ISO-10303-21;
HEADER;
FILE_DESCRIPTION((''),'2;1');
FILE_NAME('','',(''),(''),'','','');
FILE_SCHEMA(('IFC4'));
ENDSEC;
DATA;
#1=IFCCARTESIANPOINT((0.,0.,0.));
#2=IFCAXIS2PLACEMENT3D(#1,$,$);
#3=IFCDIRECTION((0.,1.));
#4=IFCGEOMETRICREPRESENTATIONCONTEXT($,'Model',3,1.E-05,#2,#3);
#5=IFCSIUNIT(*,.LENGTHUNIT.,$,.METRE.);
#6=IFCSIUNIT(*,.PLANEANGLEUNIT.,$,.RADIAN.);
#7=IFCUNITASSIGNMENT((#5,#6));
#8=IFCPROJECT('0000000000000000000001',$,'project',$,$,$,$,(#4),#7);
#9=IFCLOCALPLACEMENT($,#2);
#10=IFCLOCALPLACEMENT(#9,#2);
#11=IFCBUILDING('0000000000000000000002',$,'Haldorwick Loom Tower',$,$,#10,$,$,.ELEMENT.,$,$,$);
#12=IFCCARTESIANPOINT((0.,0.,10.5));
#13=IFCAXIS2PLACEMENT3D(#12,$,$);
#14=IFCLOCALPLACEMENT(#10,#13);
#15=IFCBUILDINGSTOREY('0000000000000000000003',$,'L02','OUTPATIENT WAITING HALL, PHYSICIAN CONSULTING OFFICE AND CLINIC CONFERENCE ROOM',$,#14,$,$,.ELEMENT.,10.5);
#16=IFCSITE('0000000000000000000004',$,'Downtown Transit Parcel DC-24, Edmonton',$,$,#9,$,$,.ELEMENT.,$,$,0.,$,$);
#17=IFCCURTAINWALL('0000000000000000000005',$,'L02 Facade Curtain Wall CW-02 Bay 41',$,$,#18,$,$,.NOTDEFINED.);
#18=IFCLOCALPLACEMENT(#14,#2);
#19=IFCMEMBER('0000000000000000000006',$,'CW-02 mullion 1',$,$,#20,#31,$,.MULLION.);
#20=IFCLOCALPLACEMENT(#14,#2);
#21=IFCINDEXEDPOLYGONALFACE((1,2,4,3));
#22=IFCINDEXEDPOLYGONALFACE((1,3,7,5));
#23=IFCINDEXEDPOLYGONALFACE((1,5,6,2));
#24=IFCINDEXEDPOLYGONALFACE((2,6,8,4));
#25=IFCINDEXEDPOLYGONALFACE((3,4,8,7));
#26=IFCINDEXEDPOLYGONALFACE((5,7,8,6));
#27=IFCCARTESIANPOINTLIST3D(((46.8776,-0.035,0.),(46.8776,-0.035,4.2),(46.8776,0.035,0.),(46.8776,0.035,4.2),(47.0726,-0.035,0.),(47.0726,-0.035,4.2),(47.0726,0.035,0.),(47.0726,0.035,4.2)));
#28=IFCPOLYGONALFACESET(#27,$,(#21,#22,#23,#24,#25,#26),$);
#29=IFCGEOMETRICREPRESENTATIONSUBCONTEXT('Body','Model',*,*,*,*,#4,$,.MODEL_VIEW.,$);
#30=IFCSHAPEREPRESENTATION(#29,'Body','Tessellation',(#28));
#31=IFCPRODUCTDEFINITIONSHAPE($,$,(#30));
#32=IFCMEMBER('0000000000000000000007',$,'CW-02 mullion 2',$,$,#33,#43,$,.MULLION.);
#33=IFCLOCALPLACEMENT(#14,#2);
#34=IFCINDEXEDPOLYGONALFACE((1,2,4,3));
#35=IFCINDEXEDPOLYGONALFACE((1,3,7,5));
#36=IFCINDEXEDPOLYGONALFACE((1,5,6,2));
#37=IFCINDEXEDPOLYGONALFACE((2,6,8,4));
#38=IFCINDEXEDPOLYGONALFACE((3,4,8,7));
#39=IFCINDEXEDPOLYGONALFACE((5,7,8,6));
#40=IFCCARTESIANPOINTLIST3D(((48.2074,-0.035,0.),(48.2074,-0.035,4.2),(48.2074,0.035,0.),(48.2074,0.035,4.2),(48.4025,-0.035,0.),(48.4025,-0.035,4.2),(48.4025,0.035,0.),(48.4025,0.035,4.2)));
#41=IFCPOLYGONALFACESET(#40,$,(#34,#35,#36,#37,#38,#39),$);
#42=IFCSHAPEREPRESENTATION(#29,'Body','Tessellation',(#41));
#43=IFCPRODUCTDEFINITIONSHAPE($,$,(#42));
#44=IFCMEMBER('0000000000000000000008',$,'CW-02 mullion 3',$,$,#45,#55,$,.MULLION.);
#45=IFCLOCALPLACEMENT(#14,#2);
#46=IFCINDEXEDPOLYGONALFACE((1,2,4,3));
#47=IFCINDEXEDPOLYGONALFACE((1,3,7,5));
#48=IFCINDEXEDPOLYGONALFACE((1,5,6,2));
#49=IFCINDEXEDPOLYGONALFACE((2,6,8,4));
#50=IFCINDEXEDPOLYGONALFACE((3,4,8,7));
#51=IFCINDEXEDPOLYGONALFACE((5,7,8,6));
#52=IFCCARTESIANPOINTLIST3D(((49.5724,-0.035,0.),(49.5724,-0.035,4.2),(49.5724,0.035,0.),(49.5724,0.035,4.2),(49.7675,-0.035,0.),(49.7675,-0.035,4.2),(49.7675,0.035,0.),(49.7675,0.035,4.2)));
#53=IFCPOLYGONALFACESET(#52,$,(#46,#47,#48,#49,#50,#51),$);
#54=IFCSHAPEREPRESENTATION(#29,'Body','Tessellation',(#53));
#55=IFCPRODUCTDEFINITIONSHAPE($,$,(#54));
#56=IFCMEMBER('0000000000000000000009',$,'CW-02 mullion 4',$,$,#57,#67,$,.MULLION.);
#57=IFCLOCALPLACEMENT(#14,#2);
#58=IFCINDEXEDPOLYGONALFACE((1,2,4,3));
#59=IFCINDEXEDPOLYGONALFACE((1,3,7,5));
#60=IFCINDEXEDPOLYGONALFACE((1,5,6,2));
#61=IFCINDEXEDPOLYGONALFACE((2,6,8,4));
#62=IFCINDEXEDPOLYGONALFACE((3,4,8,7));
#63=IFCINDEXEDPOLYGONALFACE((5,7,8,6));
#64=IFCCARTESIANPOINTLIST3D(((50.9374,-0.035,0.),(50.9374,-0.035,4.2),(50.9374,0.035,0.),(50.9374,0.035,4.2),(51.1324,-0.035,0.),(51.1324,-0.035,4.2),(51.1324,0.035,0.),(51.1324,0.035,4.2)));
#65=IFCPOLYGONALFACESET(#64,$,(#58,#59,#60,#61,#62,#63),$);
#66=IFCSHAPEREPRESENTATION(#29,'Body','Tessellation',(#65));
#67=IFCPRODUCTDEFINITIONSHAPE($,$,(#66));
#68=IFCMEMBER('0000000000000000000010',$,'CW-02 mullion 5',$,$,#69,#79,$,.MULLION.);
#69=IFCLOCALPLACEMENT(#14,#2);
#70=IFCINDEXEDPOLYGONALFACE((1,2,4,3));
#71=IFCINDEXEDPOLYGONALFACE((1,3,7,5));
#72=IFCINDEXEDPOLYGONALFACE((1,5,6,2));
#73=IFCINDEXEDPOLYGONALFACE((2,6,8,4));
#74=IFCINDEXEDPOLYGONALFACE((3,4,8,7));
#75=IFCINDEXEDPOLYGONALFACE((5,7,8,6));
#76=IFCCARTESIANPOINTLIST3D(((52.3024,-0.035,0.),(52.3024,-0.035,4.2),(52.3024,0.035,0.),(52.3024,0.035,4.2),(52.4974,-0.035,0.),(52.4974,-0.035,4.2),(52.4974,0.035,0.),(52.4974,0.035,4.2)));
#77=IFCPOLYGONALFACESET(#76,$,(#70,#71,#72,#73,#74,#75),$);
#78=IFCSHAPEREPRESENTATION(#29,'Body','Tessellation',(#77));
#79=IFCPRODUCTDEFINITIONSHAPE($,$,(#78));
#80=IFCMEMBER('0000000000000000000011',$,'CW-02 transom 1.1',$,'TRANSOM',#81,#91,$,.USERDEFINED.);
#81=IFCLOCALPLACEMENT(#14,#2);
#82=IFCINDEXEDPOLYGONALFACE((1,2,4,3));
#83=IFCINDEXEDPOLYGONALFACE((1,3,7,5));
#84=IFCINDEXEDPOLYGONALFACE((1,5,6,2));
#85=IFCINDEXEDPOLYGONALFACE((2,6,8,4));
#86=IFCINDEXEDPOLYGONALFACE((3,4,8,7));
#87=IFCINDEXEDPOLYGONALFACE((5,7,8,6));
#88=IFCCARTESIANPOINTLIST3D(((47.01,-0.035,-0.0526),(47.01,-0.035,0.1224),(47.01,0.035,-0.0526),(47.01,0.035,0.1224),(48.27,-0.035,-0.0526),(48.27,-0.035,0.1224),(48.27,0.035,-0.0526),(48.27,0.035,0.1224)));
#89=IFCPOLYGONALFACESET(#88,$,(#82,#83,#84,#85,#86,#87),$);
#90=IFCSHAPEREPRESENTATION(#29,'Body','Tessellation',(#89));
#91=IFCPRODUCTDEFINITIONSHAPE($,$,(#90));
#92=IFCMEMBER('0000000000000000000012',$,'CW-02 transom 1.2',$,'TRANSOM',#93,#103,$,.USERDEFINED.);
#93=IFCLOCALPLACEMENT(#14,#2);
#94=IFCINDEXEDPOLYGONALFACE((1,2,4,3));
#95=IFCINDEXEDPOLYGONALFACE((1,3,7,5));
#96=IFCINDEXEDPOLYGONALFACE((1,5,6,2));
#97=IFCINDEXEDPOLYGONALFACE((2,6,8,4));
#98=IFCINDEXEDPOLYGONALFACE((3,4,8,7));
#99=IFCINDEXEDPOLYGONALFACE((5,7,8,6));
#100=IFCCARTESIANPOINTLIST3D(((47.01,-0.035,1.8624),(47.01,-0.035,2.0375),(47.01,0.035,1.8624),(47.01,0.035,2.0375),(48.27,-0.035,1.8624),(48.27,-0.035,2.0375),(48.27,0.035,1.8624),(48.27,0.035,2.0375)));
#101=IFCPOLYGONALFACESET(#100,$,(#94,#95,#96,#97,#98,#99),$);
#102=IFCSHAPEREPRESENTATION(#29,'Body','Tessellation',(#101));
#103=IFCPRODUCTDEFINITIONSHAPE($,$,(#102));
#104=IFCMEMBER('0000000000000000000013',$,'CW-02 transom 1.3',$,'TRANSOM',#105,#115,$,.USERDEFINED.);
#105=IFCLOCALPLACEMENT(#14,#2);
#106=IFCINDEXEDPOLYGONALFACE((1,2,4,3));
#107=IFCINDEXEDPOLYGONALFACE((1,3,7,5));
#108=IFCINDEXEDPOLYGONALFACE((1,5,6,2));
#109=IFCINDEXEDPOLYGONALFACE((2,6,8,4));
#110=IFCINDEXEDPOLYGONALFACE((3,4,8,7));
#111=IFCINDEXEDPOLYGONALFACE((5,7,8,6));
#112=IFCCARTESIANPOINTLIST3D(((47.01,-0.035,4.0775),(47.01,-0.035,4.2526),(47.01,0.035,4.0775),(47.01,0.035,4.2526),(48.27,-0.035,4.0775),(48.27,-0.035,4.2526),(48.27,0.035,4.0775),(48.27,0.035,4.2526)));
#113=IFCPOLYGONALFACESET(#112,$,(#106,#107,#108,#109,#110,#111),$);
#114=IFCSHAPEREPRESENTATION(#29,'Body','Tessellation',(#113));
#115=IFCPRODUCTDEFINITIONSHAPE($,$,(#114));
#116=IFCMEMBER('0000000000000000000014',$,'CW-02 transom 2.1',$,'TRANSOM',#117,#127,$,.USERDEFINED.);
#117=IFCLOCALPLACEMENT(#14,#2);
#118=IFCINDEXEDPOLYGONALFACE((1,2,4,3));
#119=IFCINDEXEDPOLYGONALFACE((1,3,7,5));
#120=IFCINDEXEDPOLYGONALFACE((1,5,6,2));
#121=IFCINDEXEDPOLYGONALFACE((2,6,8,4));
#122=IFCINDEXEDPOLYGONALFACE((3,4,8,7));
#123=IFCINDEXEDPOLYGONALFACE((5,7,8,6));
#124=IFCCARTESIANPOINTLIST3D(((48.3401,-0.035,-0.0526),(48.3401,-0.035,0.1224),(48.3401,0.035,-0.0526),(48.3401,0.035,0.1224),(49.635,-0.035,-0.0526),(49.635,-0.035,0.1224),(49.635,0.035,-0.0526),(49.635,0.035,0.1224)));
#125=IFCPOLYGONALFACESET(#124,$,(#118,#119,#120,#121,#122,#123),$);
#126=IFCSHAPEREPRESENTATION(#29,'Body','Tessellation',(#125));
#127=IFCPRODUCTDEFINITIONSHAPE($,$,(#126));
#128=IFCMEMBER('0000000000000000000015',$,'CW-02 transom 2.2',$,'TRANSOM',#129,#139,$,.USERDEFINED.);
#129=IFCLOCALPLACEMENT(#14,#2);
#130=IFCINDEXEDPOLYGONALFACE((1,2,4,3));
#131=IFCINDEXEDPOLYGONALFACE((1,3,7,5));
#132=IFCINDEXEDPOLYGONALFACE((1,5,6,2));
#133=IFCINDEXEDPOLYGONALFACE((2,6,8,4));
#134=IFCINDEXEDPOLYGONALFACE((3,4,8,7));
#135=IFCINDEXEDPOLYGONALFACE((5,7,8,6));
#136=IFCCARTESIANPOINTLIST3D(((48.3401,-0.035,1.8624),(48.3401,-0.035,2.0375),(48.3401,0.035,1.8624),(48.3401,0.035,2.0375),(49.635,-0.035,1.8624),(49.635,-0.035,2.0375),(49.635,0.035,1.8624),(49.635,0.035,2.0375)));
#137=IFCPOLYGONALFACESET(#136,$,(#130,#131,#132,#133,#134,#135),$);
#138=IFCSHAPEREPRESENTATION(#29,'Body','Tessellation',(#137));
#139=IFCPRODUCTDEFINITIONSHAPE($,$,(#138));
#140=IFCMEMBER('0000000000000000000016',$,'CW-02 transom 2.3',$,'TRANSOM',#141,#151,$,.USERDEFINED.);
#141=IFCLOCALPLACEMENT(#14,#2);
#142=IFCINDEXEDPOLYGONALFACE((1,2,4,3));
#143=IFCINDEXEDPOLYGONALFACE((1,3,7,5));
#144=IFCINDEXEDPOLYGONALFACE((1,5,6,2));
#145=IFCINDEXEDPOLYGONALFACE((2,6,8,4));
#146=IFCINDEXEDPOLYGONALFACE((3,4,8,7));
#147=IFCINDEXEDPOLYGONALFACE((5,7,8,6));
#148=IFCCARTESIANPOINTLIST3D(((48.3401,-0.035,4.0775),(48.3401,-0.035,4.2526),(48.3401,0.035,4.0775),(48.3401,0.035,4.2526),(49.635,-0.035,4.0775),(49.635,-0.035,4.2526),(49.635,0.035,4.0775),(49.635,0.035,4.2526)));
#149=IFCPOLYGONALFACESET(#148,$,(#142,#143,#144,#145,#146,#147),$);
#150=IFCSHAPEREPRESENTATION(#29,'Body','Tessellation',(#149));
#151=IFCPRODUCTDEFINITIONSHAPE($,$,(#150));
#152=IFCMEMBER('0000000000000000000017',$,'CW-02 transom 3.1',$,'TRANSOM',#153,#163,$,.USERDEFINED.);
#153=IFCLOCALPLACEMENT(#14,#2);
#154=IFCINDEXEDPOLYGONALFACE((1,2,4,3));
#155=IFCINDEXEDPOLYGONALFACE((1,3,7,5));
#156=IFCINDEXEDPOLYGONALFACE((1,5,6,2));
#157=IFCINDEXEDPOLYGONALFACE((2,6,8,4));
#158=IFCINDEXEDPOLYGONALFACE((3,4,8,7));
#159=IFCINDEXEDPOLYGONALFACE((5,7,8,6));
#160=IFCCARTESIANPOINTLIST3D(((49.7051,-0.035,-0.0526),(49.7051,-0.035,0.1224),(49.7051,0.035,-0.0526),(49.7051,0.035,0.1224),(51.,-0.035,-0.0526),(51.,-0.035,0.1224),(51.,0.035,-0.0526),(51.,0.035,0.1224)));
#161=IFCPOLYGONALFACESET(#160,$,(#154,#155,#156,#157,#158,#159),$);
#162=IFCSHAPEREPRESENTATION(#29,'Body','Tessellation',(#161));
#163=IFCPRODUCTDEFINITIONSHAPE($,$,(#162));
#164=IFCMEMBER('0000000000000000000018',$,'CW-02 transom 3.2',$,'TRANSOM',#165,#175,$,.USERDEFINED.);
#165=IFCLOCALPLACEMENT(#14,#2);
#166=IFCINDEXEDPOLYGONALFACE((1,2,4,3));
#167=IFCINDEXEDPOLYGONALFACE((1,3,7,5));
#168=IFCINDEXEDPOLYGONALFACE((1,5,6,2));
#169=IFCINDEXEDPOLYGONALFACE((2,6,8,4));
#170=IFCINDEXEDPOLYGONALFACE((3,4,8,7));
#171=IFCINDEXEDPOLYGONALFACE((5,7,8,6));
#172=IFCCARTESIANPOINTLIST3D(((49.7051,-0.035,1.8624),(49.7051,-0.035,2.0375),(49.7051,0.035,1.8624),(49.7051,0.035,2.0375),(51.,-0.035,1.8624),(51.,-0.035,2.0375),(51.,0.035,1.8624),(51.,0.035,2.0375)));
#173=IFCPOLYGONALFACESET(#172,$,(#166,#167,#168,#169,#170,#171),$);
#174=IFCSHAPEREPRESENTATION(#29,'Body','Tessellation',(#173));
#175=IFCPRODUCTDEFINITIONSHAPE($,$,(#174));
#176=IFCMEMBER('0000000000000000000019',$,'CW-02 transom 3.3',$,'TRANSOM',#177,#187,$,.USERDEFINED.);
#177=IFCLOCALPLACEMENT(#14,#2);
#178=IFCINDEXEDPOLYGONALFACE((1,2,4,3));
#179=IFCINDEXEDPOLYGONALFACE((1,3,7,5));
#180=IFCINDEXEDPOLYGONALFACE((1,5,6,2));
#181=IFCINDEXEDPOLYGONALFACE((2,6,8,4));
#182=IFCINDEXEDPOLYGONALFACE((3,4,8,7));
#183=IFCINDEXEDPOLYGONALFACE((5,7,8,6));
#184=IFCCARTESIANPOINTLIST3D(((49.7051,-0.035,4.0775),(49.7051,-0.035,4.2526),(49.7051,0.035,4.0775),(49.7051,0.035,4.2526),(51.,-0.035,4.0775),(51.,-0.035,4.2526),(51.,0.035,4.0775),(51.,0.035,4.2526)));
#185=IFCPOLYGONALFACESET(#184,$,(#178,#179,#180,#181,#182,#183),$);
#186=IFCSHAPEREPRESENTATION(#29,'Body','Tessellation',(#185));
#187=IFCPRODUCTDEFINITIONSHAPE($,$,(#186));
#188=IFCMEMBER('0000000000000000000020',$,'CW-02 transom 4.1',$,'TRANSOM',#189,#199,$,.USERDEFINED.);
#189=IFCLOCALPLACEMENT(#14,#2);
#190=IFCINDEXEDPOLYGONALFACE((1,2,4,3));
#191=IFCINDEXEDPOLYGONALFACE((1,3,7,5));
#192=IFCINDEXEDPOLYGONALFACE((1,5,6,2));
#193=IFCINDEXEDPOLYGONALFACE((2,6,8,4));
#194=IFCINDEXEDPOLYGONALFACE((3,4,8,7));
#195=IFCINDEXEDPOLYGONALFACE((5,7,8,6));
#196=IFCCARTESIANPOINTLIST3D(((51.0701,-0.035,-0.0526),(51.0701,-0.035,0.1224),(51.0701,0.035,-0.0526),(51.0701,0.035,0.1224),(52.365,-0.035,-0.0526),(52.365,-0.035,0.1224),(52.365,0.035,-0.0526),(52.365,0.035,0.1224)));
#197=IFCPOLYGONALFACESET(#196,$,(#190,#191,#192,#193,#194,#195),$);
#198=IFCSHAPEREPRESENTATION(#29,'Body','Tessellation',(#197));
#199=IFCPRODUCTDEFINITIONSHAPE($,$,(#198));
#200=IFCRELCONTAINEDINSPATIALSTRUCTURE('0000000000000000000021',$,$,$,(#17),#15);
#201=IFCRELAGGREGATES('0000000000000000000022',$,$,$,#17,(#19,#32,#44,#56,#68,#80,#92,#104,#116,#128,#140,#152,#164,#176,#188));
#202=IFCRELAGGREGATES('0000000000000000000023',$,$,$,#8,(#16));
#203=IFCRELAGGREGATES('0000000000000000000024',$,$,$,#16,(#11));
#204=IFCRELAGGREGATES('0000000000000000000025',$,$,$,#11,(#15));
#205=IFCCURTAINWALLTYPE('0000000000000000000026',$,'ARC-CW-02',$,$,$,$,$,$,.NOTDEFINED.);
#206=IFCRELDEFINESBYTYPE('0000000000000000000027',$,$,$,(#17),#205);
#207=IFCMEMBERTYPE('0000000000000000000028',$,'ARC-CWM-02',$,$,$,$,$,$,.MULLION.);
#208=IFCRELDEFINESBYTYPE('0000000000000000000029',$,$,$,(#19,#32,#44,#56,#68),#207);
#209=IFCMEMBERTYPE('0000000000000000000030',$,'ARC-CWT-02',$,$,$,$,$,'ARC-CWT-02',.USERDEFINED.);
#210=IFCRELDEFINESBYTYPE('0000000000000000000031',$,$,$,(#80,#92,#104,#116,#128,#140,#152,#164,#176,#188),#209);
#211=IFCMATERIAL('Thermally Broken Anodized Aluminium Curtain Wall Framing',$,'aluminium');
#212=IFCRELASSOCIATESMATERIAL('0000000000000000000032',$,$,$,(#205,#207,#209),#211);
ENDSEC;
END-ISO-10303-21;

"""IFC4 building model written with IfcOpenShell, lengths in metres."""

from ifc_helpers import new_model, si_unit, direction, frame, origin, origin_2d, place, context, subcontext, project, spatial, rectangle, extrude, material, material_profile, profile_set, type_object, element, aggregate, save


model = new_model("IFC4")

# Units and contexts
model_context = context("Model", 3, precision=1e-05, world=origin(), true_north=direction((0.0, 1.0)))
body_context = subcontext(model_context, "Body", "Model", "MODEL_VIEW")
ifc_project = project(units=[si_unit("LENGTHUNIT", "METRE"), si_unit("PLANEANGLEUNIT", "RADIAN")], contexts=[model_context])

# Site, building, storey
site_placement = place(None, origin())
site = spatial("IfcSite", under=ifc_project, at=site_placement, Name="Downtown Transit Parcel DC-24, Edmonton", CompositionType="ELEMENT", RefElevation=0.0)
building_placement = place(site_placement, origin())
building = spatial("IfcBuilding", under=site, at=building_placement, Name="Haldorwick Loom Tower", CompositionType="ELEMENT")
storey_placement = place(building_placement, frame((0.0, 0.0, 10.5)))
storey = spatial("IfcBuildingStorey", under=building, at=storey_placement, Name="L02", Description="OUTPATIENT WAITING HALL, PHYSICIAN CONSULTING OFFICE AND CLINIC CONFERENCE ROOM", CompositionType="ELEMENT", Elevation=10.5)

# Curtain wall, members
ifc_material_1 = material(Name="Thermally Broken Anodized Aluminium Curtain Wall Framing", Category="aluminium")
curtain_wall_type = type_object("IfcCurtainWallType", Name="ARC-CW-02", PredefinedType="NOTDEFINED", material=ifc_material_1)
curtain_wall_placement = place(storey_placement, origin())
curtain_wall = element("IfcCurtainWall", 1, at=curtain_wall_placement, inside=storey, type_object=curtain_wall_type, Name="L02 Facade Curtain Wall CW-02 Bay 41", PredefinedType="NOTDEFINED")
ifc_material_profile_1 = material_profile(ifc_material_1, rectangle(XDim=0.0701, YDim=0.1951, at=origin_2d()), Name="ALU_MUL_70X195", Category="aluminium")
ifc_profile_set_1 = profile_set([ifc_material_profile_1], Name="Thermally Broken Anodized Aluminium Curtain Wall Framing")
member_type_1 = type_object("IfcMemberType", Name="ARC-CWM-02", PredefinedType="MULLION", material=ifc_profile_set_1)
member_1_placement = place(storey_placement, frame((46.9751, 0.0, 0.0), z_axis=(0.0, 0.0, 1.0), x_axis=(0.0, 1.0, 0.0)))
member_1 = element("IfcMember", 2, at=member_1_placement, type_object=member_type_1, Name="CW-02 mullion 1", PredefinedType="MULLION", context=body_context, shape_type="SweptSolid", body=[
    extrude(rectangle(XDim=0.0701, YDim=0.1951, at=origin_2d()), origin(), (0.0, 0.0, 1.0), 4.2),
])
member_2_placement = place(storey_placement, frame((48.3049, 0.0, 0.0), z_axis=(0.0, 0.0, 1.0), x_axis=(0.0, 1.0, 0.0)))
member_2 = element("IfcMember", 3, at=member_2_placement, type_object=member_type_1, Name="CW-02 mullion 2", PredefinedType="MULLION", context=body_context, shape_type="SweptSolid", body=[
    extrude(rectangle(XDim=0.0701, YDim=0.1951, at=origin_2d()), origin(), (0.0, 0.0, 1.0), 4.2),
])
member_3_placement = place(storey_placement, frame((49.6699, 0.0, 0.0), z_axis=(0.0, 0.0, 1.0), x_axis=(0.0, 1.0, 0.0)))
member_3 = element("IfcMember", 4, at=member_3_placement, type_object=member_type_1, Name="CW-02 mullion 3", PredefinedType="MULLION", context=body_context, shape_type="SweptSolid", body=[
    extrude(rectangle(XDim=0.0701, YDim=0.1951, at=origin_2d()), origin(), (0.0, 0.0, 1.0), 4.2),
])
member_4_placement = place(storey_placement, frame((51.0349, 0.0, 0.0), z_axis=(0.0, 0.0, 1.0), x_axis=(0.0, 1.0, 0.0)))
member_4 = element("IfcMember", 5, at=member_4_placement, type_object=member_type_1, Name="CW-02 mullion 4", PredefinedType="MULLION", context=body_context, shape_type="SweptSolid", body=[
    extrude(rectangle(XDim=0.0701, YDim=0.1951, at=origin_2d()), origin(), (0.0, 0.0, 1.0), 4.2),
])
member_5_placement = place(storey_placement, frame((52.3999, 0.0, 0.0), z_axis=(0.0, 0.0, 1.0), x_axis=(0.0, 1.0, 0.0)))
member_5 = element("IfcMember", 6, at=member_5_placement, type_object=member_type_1, Name="CW-02 mullion 5", PredefinedType="MULLION", context=body_context, shape_type="SweptSolid", body=[
    extrude(rectangle(XDim=0.0701, YDim=0.1951, at=origin_2d()), origin(), (0.0, 0.0, 1.0), 4.2),
])
ifc_material_profile_2 = material_profile(ifc_material_1, rectangle(XDim=0.0701, YDim=0.175, at=origin_2d()), Name="ALU_TRN_70X175", Category="aluminium")
ifc_profile_set_2 = profile_set([ifc_material_profile_2], Name="Thermally Broken Anodized Aluminium Curtain Wall Framing")
member_type_2 = type_object("IfcMemberType", Name="ARC-CWT-02", ElementType="ARC-CWT-02", PredefinedType="USERDEFINED", material=ifc_profile_set_2)
member_6_placement = place(storey_placement, frame((47.01, 0.0, 0.0349), z_axis=(1.0, 0.0, 0.0), x_axis=(0.0, 1.0, 0.0)))
member_6 = element("IfcMember", 7, at=member_6_placement, type_object=member_type_2, Name="CW-02 transom 1.1", ObjectType="TRANSOM", PredefinedType="USERDEFINED", context=body_context, shape_type="SweptSolid", body=[
    extrude(rectangle(XDim=0.0701, YDim=0.175, at=origin_2d()), origin(), (0.0, 0.0, 1.0), 1.26),
])
member_7_placement = place(storey_placement, frame((47.01, 0.0, 1.95), z_axis=(1.0, 0.0, 0.0), x_axis=(0.0, 1.0, 0.0)))
member_7 = element("IfcMember", 8, at=member_7_placement, type_object=member_type_2, Name="CW-02 transom 1.2", ObjectType="TRANSOM", PredefinedType="USERDEFINED", context=body_context, shape_type="SweptSolid", body=[
    extrude(rectangle(XDim=0.0701, YDim=0.175, at=origin_2d()), origin(), (0.0, 0.0, 1.0), 1.26),
])
member_8_placement = place(storey_placement, frame((47.01, 0.0, 4.165), z_axis=(1.0, 0.0, 0.0), x_axis=(0.0, 1.0, 0.0)))
member_8 = element("IfcMember", 9, at=member_8_placement, type_object=member_type_2, Name="CW-02 transom 1.3", ObjectType="TRANSOM", PredefinedType="USERDEFINED", context=body_context, shape_type="SweptSolid", body=[
    extrude(rectangle(XDim=0.0701, YDim=0.175, at=origin_2d()), origin(), (0.0, 0.0, 1.0), 1.26),
])
member_9_placement = place(storey_placement, frame((48.3401, 0.0, 0.0349), z_axis=(1.0, 0.0, 0.0), x_axis=(0.0, 1.0, 0.0)))
member_9 = element("IfcMember", 10, at=member_9_placement, type_object=member_type_2, Name="CW-02 transom 2.1", ObjectType="TRANSOM", PredefinedType="USERDEFINED", context=body_context, shape_type="SweptSolid", body=[
    extrude(rectangle(XDim=0.0701, YDim=0.175, at=origin_2d()), origin(), (0.0, 0.0, 1.0), 1.2949),
])
member_10_placement = place(storey_placement, frame((48.3401, 0.0, 1.95), z_axis=(1.0, 0.0, 0.0), x_axis=(0.0, 1.0, 0.0)))
member_10 = element("IfcMember", 11, at=member_10_placement, type_object=member_type_2, Name="CW-02 transom 2.2", ObjectType="TRANSOM", PredefinedType="USERDEFINED", context=body_context, shape_type="SweptSolid", body=[
    extrude(rectangle(XDim=0.0701, YDim=0.175, at=origin_2d()), origin(), (0.0, 0.0, 1.0), 1.2949),
])
member_11_placement = place(storey_placement, frame((48.3401, 0.0, 4.165), z_axis=(1.0, 0.0, 0.0), x_axis=(0.0, 1.0, 0.0)))
member_11 = element("IfcMember", 12, at=member_11_placement, type_object=member_type_2, Name="CW-02 transom 2.3", ObjectType="TRANSOM", PredefinedType="USERDEFINED", context=body_context, shape_type="SweptSolid", body=[
    extrude(rectangle(XDim=0.0701, YDim=0.175, at=origin_2d()), origin(), (0.0, 0.0, 1.0), 1.2949),
])
member_12_placement = place(storey_placement, frame((49.7051, 0.0, 0.0349), z_axis=(1.0, 0.0, 0.0), x_axis=(0.0, 1.0, 0.0)))
member_12 = element("IfcMember", 13, at=member_12_placement, type_object=member_type_2, Name="CW-02 transom 3.1", ObjectType="TRANSOM", PredefinedType="USERDEFINED", context=body_context, shape_type="SweptSolid", body=[
    extrude(rectangle(XDim=0.0701, YDim=0.175, at=origin_2d()), origin(), (0.0, 0.0, 1.0), 1.2949),
])
member_13_placement = place(storey_placement, frame((49.7051, 0.0, 1.95), z_axis=(1.0, 0.0, 0.0), x_axis=(0.0, 1.0, 0.0)))
member_13 = element("IfcMember", 14, at=member_13_placement, type_object=member_type_2, Name="CW-02 transom 3.2", ObjectType="TRANSOM", PredefinedType="USERDEFINED", context=body_context, shape_type="SweptSolid", body=[
    extrude(rectangle(XDim=0.0701, YDim=0.175, at=origin_2d()), origin(), (0.0, 0.0, 1.0), 1.2949),
])
member_14_placement = place(storey_placement, frame((49.7051, 0.0, 4.165), z_axis=(1.0, 0.0, 0.0), x_axis=(0.0, 1.0, 0.0)))
member_14 = element("IfcMember", 15, at=member_14_placement, type_object=member_type_2, Name="CW-02 transom 3.3", ObjectType="TRANSOM", PredefinedType="USERDEFINED", context=body_context, shape_type="SweptSolid", body=[
    extrude(rectangle(XDim=0.0701, YDim=0.175, at=origin_2d()), origin(), (0.0, 0.0, 1.0), 1.2949),
])
member_15_placement = place(storey_placement, frame((51.0701, 0.0, 0.0349), z_axis=(1.0, 0.0, 0.0), x_axis=(0.0, 1.0, 0.0)))
member_15 = element("IfcMember", 16, at=member_15_placement, type_object=member_type_2, Name="CW-02 transom 4.1", ObjectType="TRANSOM", PredefinedType="USERDEFINED", context=body_context, shape_type="SweptSolid", body=[
    extrude(rectangle(XDim=0.0701, YDim=0.175, at=origin_2d()), origin(), (0.0, 0.0, 1.0), 1.2949),
])
aggregate(curtain_wall, [member_1, member_2, member_3, member_4, member_5, member_6, member_7, member_8, member_9, member_10, member_11, member_12, member_13, member_14, member_15])

save(model, "model.ifc")
